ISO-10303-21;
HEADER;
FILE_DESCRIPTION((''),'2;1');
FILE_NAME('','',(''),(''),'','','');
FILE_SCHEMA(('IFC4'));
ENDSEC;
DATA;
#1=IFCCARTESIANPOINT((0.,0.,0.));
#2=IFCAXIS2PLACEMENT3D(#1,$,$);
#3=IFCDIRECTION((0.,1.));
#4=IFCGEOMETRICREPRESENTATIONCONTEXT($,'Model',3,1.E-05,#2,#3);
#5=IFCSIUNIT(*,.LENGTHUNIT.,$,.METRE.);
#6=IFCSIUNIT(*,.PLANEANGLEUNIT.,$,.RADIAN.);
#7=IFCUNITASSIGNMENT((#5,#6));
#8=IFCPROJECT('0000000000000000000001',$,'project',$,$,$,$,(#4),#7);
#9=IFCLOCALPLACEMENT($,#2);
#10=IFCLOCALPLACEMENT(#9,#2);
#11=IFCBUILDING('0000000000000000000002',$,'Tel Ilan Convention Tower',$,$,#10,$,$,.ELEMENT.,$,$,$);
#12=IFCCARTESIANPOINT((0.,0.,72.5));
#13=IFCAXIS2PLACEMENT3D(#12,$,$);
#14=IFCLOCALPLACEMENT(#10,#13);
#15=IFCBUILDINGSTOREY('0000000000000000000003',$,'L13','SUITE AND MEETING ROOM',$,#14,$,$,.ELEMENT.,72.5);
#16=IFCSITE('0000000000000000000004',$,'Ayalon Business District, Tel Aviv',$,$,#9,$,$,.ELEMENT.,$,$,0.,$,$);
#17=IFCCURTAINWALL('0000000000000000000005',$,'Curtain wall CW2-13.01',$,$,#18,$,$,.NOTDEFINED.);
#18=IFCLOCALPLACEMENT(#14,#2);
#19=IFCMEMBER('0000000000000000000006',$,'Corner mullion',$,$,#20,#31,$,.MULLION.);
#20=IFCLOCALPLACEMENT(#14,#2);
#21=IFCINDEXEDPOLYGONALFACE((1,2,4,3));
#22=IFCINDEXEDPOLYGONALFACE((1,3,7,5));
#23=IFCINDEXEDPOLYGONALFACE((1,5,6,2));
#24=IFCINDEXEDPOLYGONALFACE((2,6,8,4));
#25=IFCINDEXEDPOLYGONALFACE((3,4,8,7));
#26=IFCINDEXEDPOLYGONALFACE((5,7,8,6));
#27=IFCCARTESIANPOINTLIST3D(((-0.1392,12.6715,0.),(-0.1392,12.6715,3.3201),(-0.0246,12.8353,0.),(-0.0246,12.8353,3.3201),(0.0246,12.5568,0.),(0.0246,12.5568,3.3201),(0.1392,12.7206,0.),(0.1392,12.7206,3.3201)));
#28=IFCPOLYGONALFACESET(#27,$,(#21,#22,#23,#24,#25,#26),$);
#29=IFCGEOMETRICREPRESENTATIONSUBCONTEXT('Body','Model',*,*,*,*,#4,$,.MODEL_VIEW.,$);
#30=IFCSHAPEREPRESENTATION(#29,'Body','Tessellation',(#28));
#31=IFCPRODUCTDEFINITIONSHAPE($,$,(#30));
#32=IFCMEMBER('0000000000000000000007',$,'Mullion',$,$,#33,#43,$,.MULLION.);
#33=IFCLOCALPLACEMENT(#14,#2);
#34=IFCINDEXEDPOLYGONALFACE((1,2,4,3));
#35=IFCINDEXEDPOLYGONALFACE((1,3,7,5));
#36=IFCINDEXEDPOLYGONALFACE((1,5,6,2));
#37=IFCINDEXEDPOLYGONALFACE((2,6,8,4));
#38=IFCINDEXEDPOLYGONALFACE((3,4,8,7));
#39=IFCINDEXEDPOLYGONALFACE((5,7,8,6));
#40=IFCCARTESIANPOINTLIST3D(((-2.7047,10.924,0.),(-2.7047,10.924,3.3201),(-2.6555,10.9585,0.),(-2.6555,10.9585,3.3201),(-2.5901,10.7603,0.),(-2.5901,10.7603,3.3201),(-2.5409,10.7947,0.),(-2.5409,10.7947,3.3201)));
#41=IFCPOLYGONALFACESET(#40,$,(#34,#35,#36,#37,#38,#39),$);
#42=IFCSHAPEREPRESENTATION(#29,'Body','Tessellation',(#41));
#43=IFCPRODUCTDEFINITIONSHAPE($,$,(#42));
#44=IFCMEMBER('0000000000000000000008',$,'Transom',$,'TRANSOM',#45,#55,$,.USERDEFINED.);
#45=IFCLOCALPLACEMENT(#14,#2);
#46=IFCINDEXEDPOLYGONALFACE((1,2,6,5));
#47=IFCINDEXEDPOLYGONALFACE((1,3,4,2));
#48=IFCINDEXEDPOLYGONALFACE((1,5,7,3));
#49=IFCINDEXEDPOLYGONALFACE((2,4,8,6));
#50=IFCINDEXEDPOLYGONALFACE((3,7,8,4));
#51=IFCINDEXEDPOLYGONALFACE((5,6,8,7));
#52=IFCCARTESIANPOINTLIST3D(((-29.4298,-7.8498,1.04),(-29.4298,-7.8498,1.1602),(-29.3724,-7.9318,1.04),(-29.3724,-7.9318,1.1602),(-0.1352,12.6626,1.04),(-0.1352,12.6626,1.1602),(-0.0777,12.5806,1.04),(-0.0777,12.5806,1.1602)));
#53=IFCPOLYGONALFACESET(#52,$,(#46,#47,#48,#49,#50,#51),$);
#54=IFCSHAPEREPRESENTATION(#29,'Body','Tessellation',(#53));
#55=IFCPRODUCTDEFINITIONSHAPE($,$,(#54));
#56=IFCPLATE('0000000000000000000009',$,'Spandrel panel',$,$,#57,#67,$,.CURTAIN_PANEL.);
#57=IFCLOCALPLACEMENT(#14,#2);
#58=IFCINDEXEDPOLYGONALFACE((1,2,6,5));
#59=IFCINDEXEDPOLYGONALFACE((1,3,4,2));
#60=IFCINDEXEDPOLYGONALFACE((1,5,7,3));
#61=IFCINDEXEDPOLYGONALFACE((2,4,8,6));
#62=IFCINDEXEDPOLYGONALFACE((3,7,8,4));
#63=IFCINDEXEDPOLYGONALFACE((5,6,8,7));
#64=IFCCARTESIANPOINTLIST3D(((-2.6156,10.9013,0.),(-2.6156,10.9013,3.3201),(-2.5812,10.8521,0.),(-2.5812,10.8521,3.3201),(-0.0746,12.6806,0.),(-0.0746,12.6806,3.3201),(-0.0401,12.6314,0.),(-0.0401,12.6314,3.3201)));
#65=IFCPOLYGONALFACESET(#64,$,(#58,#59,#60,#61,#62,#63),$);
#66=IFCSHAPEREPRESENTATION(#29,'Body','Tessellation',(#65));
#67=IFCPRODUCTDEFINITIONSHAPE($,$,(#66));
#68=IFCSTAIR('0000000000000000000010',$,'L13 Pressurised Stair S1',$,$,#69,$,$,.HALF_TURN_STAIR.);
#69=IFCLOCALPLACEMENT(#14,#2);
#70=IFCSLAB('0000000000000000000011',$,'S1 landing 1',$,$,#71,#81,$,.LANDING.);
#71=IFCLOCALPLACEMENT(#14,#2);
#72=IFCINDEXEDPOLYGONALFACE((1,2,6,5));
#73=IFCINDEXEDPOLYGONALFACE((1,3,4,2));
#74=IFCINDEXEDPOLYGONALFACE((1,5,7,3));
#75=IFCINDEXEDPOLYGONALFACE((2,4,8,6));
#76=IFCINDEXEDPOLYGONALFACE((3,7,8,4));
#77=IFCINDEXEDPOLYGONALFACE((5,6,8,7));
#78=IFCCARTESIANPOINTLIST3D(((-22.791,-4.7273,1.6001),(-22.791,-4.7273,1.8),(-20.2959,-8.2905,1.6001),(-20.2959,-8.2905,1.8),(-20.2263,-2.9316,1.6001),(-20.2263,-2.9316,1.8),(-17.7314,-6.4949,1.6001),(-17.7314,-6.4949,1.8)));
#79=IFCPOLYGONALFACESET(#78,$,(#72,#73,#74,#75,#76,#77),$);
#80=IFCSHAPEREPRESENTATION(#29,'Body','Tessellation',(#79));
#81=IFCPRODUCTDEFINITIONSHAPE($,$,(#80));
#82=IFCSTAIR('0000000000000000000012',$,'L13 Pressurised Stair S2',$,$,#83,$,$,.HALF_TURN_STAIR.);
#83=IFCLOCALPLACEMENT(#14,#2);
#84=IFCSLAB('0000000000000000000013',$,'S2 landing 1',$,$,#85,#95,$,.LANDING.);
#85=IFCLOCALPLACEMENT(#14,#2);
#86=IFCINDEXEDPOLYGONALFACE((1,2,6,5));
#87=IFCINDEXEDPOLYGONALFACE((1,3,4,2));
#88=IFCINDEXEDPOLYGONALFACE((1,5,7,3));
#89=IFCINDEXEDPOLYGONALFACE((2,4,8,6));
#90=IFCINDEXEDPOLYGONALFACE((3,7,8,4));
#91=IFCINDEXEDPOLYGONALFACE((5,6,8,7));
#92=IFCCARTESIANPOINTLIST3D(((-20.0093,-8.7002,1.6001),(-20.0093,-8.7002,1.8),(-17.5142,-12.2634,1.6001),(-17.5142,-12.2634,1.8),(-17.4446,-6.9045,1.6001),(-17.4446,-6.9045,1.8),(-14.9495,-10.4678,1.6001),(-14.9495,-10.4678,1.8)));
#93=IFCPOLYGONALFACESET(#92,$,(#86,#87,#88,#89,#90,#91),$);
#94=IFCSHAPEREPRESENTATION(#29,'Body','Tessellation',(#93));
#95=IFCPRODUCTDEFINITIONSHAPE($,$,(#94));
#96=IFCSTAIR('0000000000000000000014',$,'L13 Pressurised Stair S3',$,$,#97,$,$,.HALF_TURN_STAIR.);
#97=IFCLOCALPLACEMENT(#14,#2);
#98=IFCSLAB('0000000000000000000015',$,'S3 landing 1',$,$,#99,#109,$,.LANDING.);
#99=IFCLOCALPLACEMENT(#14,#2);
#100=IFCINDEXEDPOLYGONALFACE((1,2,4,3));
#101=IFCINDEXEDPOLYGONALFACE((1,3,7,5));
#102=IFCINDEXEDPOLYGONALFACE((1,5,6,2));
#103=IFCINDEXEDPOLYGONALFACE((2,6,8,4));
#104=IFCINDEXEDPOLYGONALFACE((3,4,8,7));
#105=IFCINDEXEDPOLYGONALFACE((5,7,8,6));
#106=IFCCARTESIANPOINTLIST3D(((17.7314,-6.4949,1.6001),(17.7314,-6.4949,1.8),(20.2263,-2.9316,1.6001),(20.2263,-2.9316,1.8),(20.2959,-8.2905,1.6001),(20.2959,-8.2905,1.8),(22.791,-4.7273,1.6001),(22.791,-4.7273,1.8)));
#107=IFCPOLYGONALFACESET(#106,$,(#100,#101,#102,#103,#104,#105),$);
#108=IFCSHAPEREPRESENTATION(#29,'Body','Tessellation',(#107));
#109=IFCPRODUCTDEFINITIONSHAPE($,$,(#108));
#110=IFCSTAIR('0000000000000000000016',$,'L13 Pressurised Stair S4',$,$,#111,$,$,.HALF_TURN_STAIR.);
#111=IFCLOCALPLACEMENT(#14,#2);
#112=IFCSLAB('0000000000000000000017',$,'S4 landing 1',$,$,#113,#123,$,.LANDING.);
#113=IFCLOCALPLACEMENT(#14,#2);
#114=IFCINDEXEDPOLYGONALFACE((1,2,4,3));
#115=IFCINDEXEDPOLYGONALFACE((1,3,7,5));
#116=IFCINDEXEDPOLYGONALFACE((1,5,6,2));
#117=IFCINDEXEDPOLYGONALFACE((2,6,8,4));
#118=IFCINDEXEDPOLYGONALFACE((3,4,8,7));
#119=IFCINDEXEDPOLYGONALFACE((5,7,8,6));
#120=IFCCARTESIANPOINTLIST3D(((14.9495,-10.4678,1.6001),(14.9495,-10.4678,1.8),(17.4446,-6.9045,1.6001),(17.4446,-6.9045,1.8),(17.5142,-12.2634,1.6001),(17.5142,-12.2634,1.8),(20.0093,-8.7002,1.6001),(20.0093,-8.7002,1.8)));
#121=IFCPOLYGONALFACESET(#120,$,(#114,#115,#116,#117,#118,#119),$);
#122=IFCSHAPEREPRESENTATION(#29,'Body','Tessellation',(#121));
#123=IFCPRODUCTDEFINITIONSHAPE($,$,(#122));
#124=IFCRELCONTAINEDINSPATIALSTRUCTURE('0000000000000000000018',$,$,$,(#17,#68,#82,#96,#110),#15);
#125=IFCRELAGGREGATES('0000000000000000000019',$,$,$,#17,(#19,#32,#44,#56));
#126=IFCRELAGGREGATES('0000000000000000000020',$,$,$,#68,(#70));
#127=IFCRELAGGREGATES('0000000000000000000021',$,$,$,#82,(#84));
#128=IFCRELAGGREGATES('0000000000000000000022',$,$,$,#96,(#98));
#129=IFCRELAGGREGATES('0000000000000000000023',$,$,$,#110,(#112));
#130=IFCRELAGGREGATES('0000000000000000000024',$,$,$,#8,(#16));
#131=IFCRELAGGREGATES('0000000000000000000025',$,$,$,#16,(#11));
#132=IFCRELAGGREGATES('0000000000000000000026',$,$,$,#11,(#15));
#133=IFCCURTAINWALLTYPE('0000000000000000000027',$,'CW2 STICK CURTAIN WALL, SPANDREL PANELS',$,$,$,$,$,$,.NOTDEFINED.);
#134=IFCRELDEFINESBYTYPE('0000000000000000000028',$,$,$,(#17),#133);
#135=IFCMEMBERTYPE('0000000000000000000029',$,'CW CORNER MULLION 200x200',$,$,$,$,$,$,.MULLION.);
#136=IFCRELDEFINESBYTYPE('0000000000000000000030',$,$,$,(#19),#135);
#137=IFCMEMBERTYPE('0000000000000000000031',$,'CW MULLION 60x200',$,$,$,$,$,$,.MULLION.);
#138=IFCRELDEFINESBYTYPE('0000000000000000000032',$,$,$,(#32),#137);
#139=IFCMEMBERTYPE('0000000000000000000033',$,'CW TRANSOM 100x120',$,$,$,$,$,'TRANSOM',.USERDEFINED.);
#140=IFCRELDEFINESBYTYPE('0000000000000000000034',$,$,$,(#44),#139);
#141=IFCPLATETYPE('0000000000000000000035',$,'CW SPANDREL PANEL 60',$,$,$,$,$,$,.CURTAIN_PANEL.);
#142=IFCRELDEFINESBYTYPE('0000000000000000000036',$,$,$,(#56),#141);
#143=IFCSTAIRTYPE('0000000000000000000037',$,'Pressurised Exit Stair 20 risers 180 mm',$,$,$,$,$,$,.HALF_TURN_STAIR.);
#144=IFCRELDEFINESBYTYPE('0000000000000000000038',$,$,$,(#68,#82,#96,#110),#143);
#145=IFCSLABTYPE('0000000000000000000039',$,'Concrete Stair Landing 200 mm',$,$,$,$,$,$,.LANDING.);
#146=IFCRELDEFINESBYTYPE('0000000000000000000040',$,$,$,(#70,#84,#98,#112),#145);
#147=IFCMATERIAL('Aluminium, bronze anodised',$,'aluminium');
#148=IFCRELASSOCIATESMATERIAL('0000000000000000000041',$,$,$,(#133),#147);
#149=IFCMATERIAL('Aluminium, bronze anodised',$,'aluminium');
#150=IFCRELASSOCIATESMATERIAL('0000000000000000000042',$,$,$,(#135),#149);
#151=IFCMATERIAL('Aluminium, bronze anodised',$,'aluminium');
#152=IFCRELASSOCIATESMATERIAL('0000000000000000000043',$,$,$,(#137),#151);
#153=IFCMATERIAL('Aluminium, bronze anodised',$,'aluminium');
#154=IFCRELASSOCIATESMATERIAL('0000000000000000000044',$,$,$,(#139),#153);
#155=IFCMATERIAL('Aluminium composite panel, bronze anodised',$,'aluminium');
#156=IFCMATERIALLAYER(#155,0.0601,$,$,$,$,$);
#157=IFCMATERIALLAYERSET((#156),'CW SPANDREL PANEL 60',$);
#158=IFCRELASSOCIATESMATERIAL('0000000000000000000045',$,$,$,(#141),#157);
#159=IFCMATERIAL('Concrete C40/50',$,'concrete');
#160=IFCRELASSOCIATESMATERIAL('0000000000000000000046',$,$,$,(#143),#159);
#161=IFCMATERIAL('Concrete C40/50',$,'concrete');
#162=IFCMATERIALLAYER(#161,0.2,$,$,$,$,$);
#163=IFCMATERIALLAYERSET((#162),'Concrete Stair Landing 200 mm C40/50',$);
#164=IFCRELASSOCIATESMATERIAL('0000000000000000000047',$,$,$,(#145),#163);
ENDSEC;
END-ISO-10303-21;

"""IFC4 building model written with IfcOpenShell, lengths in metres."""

from ifc_helpers import new_model, si_unit, direction, frame, origin, origin_2d, place, context, subcontext, project, spatial, polyline, rectangle, outline, extrude, material, layer, layer_set, material_profile, profile_set, type_object, element, aggregate, save


model = new_model("IFC4")

# Units and contexts
model_context = context("Model", 3, precision=1e-05, world=origin(), true_north=direction((0.0, 1.0)))
body_context = subcontext(model_context, "Body", "Model", "MODEL_VIEW")
ifc_project = project(units=[si_unit("LENGTHUNIT", "METRE"), si_unit("PLANEANGLEUNIT", "RADIAN")], contexts=[model_context])

# Site, building, storey
site_placement = place(None, origin())
site = spatial("IfcSite", under=ifc_project, at=site_placement, Name="Ayalon Business District, Tel Aviv", CompositionType="ELEMENT", RefElevation=0.0)
building_placement = place(site_placement, origin())
building = spatial("IfcBuilding", under=site, at=building_placement, Name="Tel Ilan Convention Tower", CompositionType="ELEMENT")
storey_placement = place(building_placement, frame((0.0, 0.0, 72.5)))
storey = spatial("IfcBuildingStorey", under=building, at=storey_placement, Name="L13", Description="SUITE AND MEETING ROOM", CompositionType="ELEMENT", Elevation=72.5)

# Curtain wall, members, plate
ifc_material_1 = material(Name="Aluminium, bronze anodised", Category="aluminium")
curtain_wall_type = type_object("IfcCurtainWallType", Name="CW2 STICK CURTAIN WALL, SPANDREL PANELS", PredefinedType="NOTDEFINED", material=ifc_material_1)
curtain_wall_placement = place(storey_placement, origin())
curtain_wall = element("IfcCurtainWall", 1, at=curtain_wall_placement, inside=storey, type_object=curtain_wall_type, Name="Curtain wall CW2-13.01", PredefinedType="NOTDEFINED")
ifc_material_2 = material(Name="Aluminium, bronze anodised", Category="aluminium")
ifc_material_profile_1 = material_profile(ifc_material_2, rectangle(XDim=0.2, YDim=0.2, at=origin_2d()), Name="CW CORNER MULLION 200x200")
ifc_profile_set_1 = profile_set([ifc_material_profile_1], Name="Aluminium, bronze anodised")
member_type_1 = type_object("IfcMemberType", Name="CW CORNER MULLION 200x200", PredefinedType="MULLION", material=ifc_profile_set_1)
member_1_placement = place(storey_placement, frame((0.0, 12.696, 0.0), z_axis=(0.0, 0.0, 1.0), x_axis=(-0.819152, 0.573576, 0.0)))
member_1 = element("IfcMember", 2, at=member_1_placement, type_object=member_type_1, Name="Corner mullion", PredefinedType="MULLION", context=body_context, shape_type="SweptSolid", body=[
    extrude(rectangle(XDim=0.2, YDim=0.2, at=origin_2d()), origin(), (0.0, 0.0, 1.0), 3.3201),
])
ifc_material_3 = material(Name="Aluminium, bronze anodised", Category="aluminium")
ifc_material_profile_2 = material_profile(ifc_material_3, rectangle(XDim=0.0601, YDim=0.2, at=origin_2d()), Name="CW MULLION 60x200")
ifc_profile_set_2 = profile_set([ifc_material_profile_2], Name="Aluminium, bronze anodised")
member_type_2 = type_object("IfcMemberType", Name="CW MULLION 60x200", PredefinedType="MULLION", material=ifc_profile_set_2)
member_2_placement = place(storey_placement, frame((-2.6228, 10.8594, 0.0), z_axis=(0.0, 0.0, 1.0), x_axis=(-0.819152, -0.573576, 0.0)))
member_2 = element("IfcMember", 3, at=member_2_placement, type_object=member_type_2, Name="Mullion", PredefinedType="MULLION", context=body_context, shape_type="SweptSolid", body=[
    extrude(rectangle(XDim=0.0601, YDim=0.2, at=origin_2d()), origin(), (0.0, 0.0, 1.0), 3.3201),
])
ifc_material_4 = material(Name="Aluminium, bronze anodised", Category="aluminium")
ifc_material_profile_3 = material_profile(ifc_material_4, rectangle(XDim=0.1001, YDim=0.1201, at=origin_2d()), Name="CW TRANSOM 100x120")
ifc_profile_set_3 = profile_set([ifc_material_profile_3], Name="Aluminium, bronze anodised")
member_type_3 = type_object("IfcMemberType", Name="CW TRANSOM 100x120", ElementType="TRANSOM", PredefinedType="USERDEFINED", material=ifc_profile_set_3)
member_3_placement = place(storey_placement, frame((-0.1064, 12.6216, 1.1001), z_axis=(-0.819151, -0.573578, 0.0), x_axis=(0.573578, -0.819151, 0.0)))
member_3 = element("IfcMember", 4, at=member_3_placement, type_object=member_type_3, Name="Transom", ObjectType="TRANSOM", PredefinedType="USERDEFINED", context=body_context, shape_type="SweptSolid", body=[
    extrude(rectangle(XDim=0.1001, YDim=0.1201, at=origin_2d()), origin(), (0.0, 0.0, 1.0), 35.7622),
])
ifc_material_5 = material(Name="Aluminium composite panel, bronze anodised", Category="aluminium")
ifc_layer_1 = layer(ifc_material_5, 0.0601)
ifc_layer_set_1 = layer_set([ifc_layer_1], Name="CW SPANDREL PANEL 60")
plate_type = type_object("IfcPlateType", Name="CW SPANDREL PANEL 60", PredefinedType="CURTAIN_PANEL", material=ifc_layer_set_1)
plate_placement = place(storey_placement, frame((-1.3279, 11.7664, 0.0), z_axis=(0.0, 0.0, 1.0), x_axis=(-0.819152, -0.573576, 0.0)))
plate = element("IfcPlate", 5, at=plate_placement, type_object=plate_type, Name="Spandrel panel", PredefinedType="CURTAIN_PANEL", context=body_context, shape_type="SweptSolid", body=[
    extrude(rectangle(XDim=3.1021, YDim=0.0601, at=origin_2d()), origin(), (0.0, 0.0, 1.0), 3.3201),
])
aggregate(curtain_wall, [member_1, member_2, member_3, plate])

# Stairs, slabs
ifc_material_6 = material(Name="Concrete C40/50", Category="concrete")
stair_type = type_object("IfcStairType", Name="Pressurised Exit Stair 20 risers 180 mm", PredefinedType="HALF_TURN_STAIR", material=ifc_material_6)
stair_1_placement = place(storey_placement, origin())
stair_1 = element("IfcStair", 6, at=stair_1_placement, inside=storey, type_object=stair_type, Name="L13 Pressurised Stair S1", PredefinedType="HALF_TURN_STAIR")
ifc_material_7 = material(Name="Concrete C40/50", Category="concrete")
ifc_layer_2 = layer(ifc_material_7, 0.2)
ifc_layer_set_2 = layer_set([ifc_layer_2], Name="Concrete Stair Landing 200 mm C40/50")
slab_type_1 = type_object("IfcSlabType", Name="Concrete Stair Landing 200 mm", PredefinedType="LANDING", material=ifc_layer_set_2)
slab_1_placement = place(storey_placement, frame((0.0, 0.0, 1.6001)))
slab_1 = element("IfcSlab", 7, at=slab_1_placement, type_object=slab_type_1, Name="S1 landing 1", PredefinedType="LANDING", context=body_context, shape_type="SweptSolid", body=[
    extrude(outline(polyline([(-20.2959, -8.2905), (-17.7314, -6.4949), (-20.2263, -2.9316), (-22.791, -4.7273), (-20.2959, -8.2905)])), origin(), (0.0, 0.0, 1.0), 0.2),
])
aggregate(stair_1, [slab_1])
stair_2_placement = place(storey_placement, origin())
stair_2 = element("IfcStair", 8, at=stair_2_placement, inside=storey, type_object=stair_type, Name="L13 Pressurised Stair S2", PredefinedType="HALF_TURN_STAIR")
slab_2_placement = place(storey_placement, frame((0.0, 0.0, 1.6001)))
slab_2 = element("IfcSlab", 9, at=slab_2_placement, type_object=slab_type_1, Name="S2 landing 1", PredefinedType="LANDING", context=body_context, shape_type="SweptSolid", body=[
    extrude(outline(polyline([(-17.5142, -12.2634), (-14.9495, -10.4678), (-17.4446, -6.9045), (-20.0093, -8.7002), (-17.5142, -12.2634)])), origin(), (0.0, 0.0, 1.0), 0.2),
])
aggregate(stair_2, [slab_2])
stair_3_placement = place(storey_placement, origin())
stair_3 = element("IfcStair", 10, at=stair_3_placement, inside=storey, type_object=stair_type, Name="L13 Pressurised Stair S3", PredefinedType="HALF_TURN_STAIR")
slab_3_placement = place(storey_placement, frame((0.0, 0.0, 1.6001)))
slab_3 = element("IfcSlab", 11, at=slab_3_placement, type_object=slab_type_1, Name="S3 landing 1", PredefinedType="LANDING", context=body_context, shape_type="SweptSolid", body=[
    extrude(outline(polyline([(22.791, -4.7273), (20.2263, -2.9316), (17.7314, -6.4949), (20.2959, -8.2905), (22.791, -4.7273)])), origin(), (0.0, 0.0, 1.0), 0.2),
])
aggregate(stair_3, [slab_3])
stair_4_placement = place(storey_placement, origin())
stair_4 = element("IfcStair", 12, at=stair_4_placement, inside=storey, type_object=stair_type, Name="L13 Pressurised Stair S4", PredefinedType="HALF_TURN_STAIR")
slab_4_placement = place(storey_placement, frame((0.0, 0.0, 1.6001)))
slab_4 = element("IfcSlab", 13, at=slab_4_placement, type_object=slab_type_1, Name="S4 landing 1", PredefinedType="LANDING", context=body_context, shape_type="SweptSolid", body=[
    extrude(outline(polyline([(20.0093, -8.7002), (17.4446, -6.9045), (14.9495, -10.4678), (17.5142, -12.2634), (20.0093, -8.7002)])), origin(), (0.0, 0.0, 1.0), 0.2),
])
aggregate(stair_4, [slab_4])

save(model, "model.ifc")
